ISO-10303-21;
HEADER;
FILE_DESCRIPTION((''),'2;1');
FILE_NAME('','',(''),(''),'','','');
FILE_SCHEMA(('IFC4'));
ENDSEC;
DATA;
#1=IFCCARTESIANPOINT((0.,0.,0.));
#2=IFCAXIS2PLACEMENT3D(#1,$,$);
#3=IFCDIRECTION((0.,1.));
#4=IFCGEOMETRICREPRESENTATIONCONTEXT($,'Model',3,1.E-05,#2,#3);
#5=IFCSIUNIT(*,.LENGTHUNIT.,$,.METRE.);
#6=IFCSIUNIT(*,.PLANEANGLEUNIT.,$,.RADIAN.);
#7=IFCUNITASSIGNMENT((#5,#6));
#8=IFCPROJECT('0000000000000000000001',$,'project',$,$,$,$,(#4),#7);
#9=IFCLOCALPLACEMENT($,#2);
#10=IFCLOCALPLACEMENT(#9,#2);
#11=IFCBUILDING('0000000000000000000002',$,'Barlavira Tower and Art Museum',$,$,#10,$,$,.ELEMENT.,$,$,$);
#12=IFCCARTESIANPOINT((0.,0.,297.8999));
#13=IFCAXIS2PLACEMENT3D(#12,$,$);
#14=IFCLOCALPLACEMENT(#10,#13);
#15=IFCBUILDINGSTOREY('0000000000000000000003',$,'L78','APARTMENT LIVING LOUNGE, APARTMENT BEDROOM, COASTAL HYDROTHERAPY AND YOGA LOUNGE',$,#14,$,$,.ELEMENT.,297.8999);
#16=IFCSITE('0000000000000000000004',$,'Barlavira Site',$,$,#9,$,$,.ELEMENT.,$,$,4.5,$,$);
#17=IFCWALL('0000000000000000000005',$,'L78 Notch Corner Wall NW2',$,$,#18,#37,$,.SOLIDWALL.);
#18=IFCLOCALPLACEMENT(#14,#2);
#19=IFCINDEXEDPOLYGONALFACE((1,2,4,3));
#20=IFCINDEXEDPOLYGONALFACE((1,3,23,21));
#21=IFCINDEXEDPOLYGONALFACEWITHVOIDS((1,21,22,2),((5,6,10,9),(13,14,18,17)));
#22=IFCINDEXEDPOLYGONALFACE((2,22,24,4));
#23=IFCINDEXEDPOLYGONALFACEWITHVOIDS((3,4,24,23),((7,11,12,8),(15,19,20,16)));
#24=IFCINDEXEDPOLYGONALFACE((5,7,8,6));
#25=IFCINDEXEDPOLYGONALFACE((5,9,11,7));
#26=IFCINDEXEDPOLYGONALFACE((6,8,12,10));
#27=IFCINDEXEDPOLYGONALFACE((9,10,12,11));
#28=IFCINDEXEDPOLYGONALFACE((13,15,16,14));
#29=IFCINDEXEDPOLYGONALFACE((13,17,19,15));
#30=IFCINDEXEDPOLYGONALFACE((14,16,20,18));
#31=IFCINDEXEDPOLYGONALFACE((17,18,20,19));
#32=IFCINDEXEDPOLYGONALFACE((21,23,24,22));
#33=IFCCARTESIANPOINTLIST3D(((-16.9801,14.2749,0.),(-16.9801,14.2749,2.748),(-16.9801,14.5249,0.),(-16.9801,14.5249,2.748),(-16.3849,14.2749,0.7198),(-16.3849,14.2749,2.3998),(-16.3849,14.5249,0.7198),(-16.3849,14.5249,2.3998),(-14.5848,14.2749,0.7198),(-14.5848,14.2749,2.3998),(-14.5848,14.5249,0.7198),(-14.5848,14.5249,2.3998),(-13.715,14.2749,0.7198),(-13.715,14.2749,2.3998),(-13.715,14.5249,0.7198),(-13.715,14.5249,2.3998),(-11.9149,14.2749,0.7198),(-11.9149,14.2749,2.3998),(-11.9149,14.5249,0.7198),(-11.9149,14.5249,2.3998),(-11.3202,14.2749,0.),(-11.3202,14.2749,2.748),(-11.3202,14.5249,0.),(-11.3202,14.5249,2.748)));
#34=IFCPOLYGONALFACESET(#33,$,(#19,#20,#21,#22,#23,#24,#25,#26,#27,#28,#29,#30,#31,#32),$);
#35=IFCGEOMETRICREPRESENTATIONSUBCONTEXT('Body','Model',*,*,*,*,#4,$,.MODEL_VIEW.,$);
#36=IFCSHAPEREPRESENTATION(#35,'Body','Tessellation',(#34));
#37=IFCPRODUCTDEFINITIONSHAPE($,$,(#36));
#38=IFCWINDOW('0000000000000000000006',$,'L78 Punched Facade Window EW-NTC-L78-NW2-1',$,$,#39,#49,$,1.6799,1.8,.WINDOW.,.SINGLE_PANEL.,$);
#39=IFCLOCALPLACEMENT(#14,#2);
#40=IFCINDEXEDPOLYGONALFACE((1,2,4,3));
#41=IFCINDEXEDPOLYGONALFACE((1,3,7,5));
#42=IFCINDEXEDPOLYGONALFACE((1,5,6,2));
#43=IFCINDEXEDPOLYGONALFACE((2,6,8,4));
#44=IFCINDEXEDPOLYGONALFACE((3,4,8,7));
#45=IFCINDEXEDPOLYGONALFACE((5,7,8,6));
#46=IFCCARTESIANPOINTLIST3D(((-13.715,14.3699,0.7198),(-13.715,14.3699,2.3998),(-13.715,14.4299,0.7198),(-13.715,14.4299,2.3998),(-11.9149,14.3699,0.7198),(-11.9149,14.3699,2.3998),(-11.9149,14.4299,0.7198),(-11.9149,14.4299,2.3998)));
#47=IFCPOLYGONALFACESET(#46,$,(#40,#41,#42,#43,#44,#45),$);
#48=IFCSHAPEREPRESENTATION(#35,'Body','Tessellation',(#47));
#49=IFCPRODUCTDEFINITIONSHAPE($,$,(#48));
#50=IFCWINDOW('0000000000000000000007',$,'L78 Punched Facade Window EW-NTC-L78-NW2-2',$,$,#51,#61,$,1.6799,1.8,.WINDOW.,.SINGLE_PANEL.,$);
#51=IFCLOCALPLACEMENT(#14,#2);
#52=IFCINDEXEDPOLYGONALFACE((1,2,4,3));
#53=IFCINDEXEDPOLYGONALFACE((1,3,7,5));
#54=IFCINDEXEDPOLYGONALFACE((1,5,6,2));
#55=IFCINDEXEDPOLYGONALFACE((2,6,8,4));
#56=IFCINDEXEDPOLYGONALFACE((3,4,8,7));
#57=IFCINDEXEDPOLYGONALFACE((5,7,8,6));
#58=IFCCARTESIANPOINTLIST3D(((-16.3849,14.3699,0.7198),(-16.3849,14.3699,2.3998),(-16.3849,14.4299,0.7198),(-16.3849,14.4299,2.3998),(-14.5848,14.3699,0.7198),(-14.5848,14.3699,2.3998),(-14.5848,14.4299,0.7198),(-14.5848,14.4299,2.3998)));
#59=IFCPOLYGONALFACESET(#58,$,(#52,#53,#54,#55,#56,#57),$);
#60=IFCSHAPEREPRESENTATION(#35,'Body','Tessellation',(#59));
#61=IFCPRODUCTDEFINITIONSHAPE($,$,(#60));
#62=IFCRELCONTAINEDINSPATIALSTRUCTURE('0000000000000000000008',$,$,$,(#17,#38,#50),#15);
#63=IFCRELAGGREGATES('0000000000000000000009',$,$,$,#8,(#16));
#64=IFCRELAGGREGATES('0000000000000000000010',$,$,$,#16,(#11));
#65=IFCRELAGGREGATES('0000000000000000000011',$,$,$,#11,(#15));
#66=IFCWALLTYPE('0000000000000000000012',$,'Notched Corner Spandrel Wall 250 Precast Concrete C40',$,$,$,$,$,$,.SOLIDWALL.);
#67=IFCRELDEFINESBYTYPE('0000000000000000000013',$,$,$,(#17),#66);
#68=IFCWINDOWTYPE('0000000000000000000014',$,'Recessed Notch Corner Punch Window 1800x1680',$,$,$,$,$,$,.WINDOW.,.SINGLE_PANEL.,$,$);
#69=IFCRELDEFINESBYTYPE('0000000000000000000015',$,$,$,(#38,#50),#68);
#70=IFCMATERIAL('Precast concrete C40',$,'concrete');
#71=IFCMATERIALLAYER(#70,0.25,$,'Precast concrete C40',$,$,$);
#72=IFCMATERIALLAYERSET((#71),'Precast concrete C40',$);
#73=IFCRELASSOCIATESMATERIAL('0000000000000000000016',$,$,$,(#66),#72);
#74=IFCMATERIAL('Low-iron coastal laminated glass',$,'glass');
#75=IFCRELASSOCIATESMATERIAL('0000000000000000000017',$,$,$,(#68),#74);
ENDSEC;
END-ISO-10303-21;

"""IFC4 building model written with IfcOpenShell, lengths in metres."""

from ifc_helpers import new_model, si_unit, direction, frame, frame_2d, origin, place, context, subcontext, project, spatial, rectangle, extrude, material, layer, layer_set, type_object, element, fill, save


model = new_model("IFC4")

# Units and contexts
model_context = context("Model", 3, precision=1e-05, world=origin(), true_north=direction((0.0, 1.0)))
body_context = subcontext(model_context, "Body", "Model", "MODEL_VIEW")
ifc_project = project(units=[si_unit("LENGTHUNIT", "METRE"), si_unit("PLANEANGLEUNIT", "RADIAN")], contexts=[model_context])

# Site, building, storey
site_placement = place(None, origin())
site = spatial("IfcSite", under=ifc_project, at=site_placement, Name="Barlavira Site", CompositionType="ELEMENT", RefElevation=4.5)
building_placement = place(site_placement, origin())
building = spatial("IfcBuilding", under=site, at=building_placement, Name="Barlavira Tower and Art Museum", CompositionType="ELEMENT")
storey_placement = place(building_placement, frame((0.0, 0.0, 297.8999)))
storey = spatial("IfcBuildingStorey", under=building, at=storey_placement, Name="L78", Description="APARTMENT LIVING LOUNGE, APARTMENT BEDROOM, COASTAL HYDROTHERAPY AND YOGA LOUNGE", CompositionType="ELEMENT", Elevation=297.8999)

# Shared definitions
ifc_material_1 = material(Name="Precast concrete C40", Category="concrete")
ifc_layer_1 = layer(ifc_material_1, 0.25, Name="Precast concrete C40")
ifc_layer_set_1 = layer_set([ifc_layer_1], Name="Precast concrete C40")
wall_type_1 = type_object("IfcWallType", Name="Notched Corner Spandrel Wall 250 Precast Concrete C40", PredefinedType="SOLIDWALL", material=ifc_layer_set_1)
ifc_material_2 = material(Name="Low-iron coastal laminated glass", Category="glass")
window_type = type_object("IfcWindowType", Name="Recessed Notch Corner Punch Window 1800x1680", PartitioningType="SINGLE_PANEL", PredefinedType="WINDOW", material=ifc_material_2)

# Wall, openings, windows
wall_1_placement = place(storey_placement, frame((-11.3201, 14.3999, 0.0), z_axis=(0.0, 0.0, 1.0), x_axis=(-1.0, 0.0, 0.0)))
wall_1 = element("IfcWall", 1, at=wall_1_placement, inside=storey, type_object=wall_type_1, Name="L78 Notch Corner Wall NW2", PredefinedType="SOLIDWALL", context=body_context, shape_type="SweptSolid", body=[
    extrude(rectangle(XDim=5.6599, YDim=0.25, at=frame_2d((2.8301, 0.0))), origin(), (0.0, 0.0, 1.0), 2.748),
])
opening_1_placement = place(wall_1_placement, frame((0.595, 0.0, 0.72)))
opening_1 = element("IfcOpeningElement", 2, at=opening_1_placement, cuts=wall_1, PredefinedType="OPENING", context=body_context, shape_type="SweptSolid", body=[
    extrude(rectangle(XDim=1.8, YDim=1.6799, at=frame_2d((0.8999, 0.8398))), frame((0.0, 0.135, 0.0), z_axis=(0.0, -1.0, 0.0), x_axis=(1.0, 0.0, 0.0)), (0.0, 0.0, 1.0), 0.27),
])
opening_2_placement = place(wall_1_placement, frame((3.2649, 0.0, 0.72)))
opening_2 = element("IfcOpeningElement", 3, at=opening_2_placement, cuts=wall_1, PredefinedType="OPENING", context=body_context, shape_type="SweptSolid", body=[
    extrude(rectangle(XDim=1.8, YDim=1.6799, at=frame_2d((0.8999, 0.8398))), frame((0.0, 0.135, 0.0), z_axis=(0.0, -1.0, 0.0), x_axis=(1.0, 0.0, 0.0)), (0.0, 0.0, 1.0), 0.27),
])
window_1_placement = place(opening_1_placement, origin())
window_1 = element("IfcWindow", 4, at=window_1_placement, inside=storey, type_object=window_type, Name="L78 Punched Facade Window EW-NTC-L78-NW2-1", OverallHeight=1.6799, OverallWidth=1.8, PartitioningType="SINGLE_PANEL", PredefinedType="WINDOW", context=body_context, shape_type="SweptSolid", body=[
    extrude(rectangle(XDim=1.8, YDim=1.6799, at=frame_2d((0.8999, 0.8398))), frame((0.0, 0.03, 0.0), z_axis=(0.0, -1.0, 0.0), x_axis=(1.0, 0.0, 0.0)), (0.0, 0.0, 1.0), 0.0601),
])
fill(opening_1, window_1)
window_2_placement = place(opening_2_placement, origin())
window_2 = element("IfcWindow", 5, at=window_2_placement, inside=storey, type_object=window_type, Name="L78 Punched Facade Window EW-NTC-L78-NW2-2", OverallHeight=1.6799, OverallWidth=1.8, PartitioningType="SINGLE_PANEL", PredefinedType="WINDOW", context=body_context, shape_type="SweptSolid", body=[
    extrude(rectangle(XDim=1.8, YDim=1.6799, at=frame_2d((0.8999, 0.8398))), frame((0.0, 0.03, 0.0), z_axis=(0.0, -1.0, 0.0), x_axis=(1.0, 0.0, 0.0)), (0.0, 0.0, 1.0), 0.0601),
])
fill(opening_2, window_2)

save(model, "model.ifc")
